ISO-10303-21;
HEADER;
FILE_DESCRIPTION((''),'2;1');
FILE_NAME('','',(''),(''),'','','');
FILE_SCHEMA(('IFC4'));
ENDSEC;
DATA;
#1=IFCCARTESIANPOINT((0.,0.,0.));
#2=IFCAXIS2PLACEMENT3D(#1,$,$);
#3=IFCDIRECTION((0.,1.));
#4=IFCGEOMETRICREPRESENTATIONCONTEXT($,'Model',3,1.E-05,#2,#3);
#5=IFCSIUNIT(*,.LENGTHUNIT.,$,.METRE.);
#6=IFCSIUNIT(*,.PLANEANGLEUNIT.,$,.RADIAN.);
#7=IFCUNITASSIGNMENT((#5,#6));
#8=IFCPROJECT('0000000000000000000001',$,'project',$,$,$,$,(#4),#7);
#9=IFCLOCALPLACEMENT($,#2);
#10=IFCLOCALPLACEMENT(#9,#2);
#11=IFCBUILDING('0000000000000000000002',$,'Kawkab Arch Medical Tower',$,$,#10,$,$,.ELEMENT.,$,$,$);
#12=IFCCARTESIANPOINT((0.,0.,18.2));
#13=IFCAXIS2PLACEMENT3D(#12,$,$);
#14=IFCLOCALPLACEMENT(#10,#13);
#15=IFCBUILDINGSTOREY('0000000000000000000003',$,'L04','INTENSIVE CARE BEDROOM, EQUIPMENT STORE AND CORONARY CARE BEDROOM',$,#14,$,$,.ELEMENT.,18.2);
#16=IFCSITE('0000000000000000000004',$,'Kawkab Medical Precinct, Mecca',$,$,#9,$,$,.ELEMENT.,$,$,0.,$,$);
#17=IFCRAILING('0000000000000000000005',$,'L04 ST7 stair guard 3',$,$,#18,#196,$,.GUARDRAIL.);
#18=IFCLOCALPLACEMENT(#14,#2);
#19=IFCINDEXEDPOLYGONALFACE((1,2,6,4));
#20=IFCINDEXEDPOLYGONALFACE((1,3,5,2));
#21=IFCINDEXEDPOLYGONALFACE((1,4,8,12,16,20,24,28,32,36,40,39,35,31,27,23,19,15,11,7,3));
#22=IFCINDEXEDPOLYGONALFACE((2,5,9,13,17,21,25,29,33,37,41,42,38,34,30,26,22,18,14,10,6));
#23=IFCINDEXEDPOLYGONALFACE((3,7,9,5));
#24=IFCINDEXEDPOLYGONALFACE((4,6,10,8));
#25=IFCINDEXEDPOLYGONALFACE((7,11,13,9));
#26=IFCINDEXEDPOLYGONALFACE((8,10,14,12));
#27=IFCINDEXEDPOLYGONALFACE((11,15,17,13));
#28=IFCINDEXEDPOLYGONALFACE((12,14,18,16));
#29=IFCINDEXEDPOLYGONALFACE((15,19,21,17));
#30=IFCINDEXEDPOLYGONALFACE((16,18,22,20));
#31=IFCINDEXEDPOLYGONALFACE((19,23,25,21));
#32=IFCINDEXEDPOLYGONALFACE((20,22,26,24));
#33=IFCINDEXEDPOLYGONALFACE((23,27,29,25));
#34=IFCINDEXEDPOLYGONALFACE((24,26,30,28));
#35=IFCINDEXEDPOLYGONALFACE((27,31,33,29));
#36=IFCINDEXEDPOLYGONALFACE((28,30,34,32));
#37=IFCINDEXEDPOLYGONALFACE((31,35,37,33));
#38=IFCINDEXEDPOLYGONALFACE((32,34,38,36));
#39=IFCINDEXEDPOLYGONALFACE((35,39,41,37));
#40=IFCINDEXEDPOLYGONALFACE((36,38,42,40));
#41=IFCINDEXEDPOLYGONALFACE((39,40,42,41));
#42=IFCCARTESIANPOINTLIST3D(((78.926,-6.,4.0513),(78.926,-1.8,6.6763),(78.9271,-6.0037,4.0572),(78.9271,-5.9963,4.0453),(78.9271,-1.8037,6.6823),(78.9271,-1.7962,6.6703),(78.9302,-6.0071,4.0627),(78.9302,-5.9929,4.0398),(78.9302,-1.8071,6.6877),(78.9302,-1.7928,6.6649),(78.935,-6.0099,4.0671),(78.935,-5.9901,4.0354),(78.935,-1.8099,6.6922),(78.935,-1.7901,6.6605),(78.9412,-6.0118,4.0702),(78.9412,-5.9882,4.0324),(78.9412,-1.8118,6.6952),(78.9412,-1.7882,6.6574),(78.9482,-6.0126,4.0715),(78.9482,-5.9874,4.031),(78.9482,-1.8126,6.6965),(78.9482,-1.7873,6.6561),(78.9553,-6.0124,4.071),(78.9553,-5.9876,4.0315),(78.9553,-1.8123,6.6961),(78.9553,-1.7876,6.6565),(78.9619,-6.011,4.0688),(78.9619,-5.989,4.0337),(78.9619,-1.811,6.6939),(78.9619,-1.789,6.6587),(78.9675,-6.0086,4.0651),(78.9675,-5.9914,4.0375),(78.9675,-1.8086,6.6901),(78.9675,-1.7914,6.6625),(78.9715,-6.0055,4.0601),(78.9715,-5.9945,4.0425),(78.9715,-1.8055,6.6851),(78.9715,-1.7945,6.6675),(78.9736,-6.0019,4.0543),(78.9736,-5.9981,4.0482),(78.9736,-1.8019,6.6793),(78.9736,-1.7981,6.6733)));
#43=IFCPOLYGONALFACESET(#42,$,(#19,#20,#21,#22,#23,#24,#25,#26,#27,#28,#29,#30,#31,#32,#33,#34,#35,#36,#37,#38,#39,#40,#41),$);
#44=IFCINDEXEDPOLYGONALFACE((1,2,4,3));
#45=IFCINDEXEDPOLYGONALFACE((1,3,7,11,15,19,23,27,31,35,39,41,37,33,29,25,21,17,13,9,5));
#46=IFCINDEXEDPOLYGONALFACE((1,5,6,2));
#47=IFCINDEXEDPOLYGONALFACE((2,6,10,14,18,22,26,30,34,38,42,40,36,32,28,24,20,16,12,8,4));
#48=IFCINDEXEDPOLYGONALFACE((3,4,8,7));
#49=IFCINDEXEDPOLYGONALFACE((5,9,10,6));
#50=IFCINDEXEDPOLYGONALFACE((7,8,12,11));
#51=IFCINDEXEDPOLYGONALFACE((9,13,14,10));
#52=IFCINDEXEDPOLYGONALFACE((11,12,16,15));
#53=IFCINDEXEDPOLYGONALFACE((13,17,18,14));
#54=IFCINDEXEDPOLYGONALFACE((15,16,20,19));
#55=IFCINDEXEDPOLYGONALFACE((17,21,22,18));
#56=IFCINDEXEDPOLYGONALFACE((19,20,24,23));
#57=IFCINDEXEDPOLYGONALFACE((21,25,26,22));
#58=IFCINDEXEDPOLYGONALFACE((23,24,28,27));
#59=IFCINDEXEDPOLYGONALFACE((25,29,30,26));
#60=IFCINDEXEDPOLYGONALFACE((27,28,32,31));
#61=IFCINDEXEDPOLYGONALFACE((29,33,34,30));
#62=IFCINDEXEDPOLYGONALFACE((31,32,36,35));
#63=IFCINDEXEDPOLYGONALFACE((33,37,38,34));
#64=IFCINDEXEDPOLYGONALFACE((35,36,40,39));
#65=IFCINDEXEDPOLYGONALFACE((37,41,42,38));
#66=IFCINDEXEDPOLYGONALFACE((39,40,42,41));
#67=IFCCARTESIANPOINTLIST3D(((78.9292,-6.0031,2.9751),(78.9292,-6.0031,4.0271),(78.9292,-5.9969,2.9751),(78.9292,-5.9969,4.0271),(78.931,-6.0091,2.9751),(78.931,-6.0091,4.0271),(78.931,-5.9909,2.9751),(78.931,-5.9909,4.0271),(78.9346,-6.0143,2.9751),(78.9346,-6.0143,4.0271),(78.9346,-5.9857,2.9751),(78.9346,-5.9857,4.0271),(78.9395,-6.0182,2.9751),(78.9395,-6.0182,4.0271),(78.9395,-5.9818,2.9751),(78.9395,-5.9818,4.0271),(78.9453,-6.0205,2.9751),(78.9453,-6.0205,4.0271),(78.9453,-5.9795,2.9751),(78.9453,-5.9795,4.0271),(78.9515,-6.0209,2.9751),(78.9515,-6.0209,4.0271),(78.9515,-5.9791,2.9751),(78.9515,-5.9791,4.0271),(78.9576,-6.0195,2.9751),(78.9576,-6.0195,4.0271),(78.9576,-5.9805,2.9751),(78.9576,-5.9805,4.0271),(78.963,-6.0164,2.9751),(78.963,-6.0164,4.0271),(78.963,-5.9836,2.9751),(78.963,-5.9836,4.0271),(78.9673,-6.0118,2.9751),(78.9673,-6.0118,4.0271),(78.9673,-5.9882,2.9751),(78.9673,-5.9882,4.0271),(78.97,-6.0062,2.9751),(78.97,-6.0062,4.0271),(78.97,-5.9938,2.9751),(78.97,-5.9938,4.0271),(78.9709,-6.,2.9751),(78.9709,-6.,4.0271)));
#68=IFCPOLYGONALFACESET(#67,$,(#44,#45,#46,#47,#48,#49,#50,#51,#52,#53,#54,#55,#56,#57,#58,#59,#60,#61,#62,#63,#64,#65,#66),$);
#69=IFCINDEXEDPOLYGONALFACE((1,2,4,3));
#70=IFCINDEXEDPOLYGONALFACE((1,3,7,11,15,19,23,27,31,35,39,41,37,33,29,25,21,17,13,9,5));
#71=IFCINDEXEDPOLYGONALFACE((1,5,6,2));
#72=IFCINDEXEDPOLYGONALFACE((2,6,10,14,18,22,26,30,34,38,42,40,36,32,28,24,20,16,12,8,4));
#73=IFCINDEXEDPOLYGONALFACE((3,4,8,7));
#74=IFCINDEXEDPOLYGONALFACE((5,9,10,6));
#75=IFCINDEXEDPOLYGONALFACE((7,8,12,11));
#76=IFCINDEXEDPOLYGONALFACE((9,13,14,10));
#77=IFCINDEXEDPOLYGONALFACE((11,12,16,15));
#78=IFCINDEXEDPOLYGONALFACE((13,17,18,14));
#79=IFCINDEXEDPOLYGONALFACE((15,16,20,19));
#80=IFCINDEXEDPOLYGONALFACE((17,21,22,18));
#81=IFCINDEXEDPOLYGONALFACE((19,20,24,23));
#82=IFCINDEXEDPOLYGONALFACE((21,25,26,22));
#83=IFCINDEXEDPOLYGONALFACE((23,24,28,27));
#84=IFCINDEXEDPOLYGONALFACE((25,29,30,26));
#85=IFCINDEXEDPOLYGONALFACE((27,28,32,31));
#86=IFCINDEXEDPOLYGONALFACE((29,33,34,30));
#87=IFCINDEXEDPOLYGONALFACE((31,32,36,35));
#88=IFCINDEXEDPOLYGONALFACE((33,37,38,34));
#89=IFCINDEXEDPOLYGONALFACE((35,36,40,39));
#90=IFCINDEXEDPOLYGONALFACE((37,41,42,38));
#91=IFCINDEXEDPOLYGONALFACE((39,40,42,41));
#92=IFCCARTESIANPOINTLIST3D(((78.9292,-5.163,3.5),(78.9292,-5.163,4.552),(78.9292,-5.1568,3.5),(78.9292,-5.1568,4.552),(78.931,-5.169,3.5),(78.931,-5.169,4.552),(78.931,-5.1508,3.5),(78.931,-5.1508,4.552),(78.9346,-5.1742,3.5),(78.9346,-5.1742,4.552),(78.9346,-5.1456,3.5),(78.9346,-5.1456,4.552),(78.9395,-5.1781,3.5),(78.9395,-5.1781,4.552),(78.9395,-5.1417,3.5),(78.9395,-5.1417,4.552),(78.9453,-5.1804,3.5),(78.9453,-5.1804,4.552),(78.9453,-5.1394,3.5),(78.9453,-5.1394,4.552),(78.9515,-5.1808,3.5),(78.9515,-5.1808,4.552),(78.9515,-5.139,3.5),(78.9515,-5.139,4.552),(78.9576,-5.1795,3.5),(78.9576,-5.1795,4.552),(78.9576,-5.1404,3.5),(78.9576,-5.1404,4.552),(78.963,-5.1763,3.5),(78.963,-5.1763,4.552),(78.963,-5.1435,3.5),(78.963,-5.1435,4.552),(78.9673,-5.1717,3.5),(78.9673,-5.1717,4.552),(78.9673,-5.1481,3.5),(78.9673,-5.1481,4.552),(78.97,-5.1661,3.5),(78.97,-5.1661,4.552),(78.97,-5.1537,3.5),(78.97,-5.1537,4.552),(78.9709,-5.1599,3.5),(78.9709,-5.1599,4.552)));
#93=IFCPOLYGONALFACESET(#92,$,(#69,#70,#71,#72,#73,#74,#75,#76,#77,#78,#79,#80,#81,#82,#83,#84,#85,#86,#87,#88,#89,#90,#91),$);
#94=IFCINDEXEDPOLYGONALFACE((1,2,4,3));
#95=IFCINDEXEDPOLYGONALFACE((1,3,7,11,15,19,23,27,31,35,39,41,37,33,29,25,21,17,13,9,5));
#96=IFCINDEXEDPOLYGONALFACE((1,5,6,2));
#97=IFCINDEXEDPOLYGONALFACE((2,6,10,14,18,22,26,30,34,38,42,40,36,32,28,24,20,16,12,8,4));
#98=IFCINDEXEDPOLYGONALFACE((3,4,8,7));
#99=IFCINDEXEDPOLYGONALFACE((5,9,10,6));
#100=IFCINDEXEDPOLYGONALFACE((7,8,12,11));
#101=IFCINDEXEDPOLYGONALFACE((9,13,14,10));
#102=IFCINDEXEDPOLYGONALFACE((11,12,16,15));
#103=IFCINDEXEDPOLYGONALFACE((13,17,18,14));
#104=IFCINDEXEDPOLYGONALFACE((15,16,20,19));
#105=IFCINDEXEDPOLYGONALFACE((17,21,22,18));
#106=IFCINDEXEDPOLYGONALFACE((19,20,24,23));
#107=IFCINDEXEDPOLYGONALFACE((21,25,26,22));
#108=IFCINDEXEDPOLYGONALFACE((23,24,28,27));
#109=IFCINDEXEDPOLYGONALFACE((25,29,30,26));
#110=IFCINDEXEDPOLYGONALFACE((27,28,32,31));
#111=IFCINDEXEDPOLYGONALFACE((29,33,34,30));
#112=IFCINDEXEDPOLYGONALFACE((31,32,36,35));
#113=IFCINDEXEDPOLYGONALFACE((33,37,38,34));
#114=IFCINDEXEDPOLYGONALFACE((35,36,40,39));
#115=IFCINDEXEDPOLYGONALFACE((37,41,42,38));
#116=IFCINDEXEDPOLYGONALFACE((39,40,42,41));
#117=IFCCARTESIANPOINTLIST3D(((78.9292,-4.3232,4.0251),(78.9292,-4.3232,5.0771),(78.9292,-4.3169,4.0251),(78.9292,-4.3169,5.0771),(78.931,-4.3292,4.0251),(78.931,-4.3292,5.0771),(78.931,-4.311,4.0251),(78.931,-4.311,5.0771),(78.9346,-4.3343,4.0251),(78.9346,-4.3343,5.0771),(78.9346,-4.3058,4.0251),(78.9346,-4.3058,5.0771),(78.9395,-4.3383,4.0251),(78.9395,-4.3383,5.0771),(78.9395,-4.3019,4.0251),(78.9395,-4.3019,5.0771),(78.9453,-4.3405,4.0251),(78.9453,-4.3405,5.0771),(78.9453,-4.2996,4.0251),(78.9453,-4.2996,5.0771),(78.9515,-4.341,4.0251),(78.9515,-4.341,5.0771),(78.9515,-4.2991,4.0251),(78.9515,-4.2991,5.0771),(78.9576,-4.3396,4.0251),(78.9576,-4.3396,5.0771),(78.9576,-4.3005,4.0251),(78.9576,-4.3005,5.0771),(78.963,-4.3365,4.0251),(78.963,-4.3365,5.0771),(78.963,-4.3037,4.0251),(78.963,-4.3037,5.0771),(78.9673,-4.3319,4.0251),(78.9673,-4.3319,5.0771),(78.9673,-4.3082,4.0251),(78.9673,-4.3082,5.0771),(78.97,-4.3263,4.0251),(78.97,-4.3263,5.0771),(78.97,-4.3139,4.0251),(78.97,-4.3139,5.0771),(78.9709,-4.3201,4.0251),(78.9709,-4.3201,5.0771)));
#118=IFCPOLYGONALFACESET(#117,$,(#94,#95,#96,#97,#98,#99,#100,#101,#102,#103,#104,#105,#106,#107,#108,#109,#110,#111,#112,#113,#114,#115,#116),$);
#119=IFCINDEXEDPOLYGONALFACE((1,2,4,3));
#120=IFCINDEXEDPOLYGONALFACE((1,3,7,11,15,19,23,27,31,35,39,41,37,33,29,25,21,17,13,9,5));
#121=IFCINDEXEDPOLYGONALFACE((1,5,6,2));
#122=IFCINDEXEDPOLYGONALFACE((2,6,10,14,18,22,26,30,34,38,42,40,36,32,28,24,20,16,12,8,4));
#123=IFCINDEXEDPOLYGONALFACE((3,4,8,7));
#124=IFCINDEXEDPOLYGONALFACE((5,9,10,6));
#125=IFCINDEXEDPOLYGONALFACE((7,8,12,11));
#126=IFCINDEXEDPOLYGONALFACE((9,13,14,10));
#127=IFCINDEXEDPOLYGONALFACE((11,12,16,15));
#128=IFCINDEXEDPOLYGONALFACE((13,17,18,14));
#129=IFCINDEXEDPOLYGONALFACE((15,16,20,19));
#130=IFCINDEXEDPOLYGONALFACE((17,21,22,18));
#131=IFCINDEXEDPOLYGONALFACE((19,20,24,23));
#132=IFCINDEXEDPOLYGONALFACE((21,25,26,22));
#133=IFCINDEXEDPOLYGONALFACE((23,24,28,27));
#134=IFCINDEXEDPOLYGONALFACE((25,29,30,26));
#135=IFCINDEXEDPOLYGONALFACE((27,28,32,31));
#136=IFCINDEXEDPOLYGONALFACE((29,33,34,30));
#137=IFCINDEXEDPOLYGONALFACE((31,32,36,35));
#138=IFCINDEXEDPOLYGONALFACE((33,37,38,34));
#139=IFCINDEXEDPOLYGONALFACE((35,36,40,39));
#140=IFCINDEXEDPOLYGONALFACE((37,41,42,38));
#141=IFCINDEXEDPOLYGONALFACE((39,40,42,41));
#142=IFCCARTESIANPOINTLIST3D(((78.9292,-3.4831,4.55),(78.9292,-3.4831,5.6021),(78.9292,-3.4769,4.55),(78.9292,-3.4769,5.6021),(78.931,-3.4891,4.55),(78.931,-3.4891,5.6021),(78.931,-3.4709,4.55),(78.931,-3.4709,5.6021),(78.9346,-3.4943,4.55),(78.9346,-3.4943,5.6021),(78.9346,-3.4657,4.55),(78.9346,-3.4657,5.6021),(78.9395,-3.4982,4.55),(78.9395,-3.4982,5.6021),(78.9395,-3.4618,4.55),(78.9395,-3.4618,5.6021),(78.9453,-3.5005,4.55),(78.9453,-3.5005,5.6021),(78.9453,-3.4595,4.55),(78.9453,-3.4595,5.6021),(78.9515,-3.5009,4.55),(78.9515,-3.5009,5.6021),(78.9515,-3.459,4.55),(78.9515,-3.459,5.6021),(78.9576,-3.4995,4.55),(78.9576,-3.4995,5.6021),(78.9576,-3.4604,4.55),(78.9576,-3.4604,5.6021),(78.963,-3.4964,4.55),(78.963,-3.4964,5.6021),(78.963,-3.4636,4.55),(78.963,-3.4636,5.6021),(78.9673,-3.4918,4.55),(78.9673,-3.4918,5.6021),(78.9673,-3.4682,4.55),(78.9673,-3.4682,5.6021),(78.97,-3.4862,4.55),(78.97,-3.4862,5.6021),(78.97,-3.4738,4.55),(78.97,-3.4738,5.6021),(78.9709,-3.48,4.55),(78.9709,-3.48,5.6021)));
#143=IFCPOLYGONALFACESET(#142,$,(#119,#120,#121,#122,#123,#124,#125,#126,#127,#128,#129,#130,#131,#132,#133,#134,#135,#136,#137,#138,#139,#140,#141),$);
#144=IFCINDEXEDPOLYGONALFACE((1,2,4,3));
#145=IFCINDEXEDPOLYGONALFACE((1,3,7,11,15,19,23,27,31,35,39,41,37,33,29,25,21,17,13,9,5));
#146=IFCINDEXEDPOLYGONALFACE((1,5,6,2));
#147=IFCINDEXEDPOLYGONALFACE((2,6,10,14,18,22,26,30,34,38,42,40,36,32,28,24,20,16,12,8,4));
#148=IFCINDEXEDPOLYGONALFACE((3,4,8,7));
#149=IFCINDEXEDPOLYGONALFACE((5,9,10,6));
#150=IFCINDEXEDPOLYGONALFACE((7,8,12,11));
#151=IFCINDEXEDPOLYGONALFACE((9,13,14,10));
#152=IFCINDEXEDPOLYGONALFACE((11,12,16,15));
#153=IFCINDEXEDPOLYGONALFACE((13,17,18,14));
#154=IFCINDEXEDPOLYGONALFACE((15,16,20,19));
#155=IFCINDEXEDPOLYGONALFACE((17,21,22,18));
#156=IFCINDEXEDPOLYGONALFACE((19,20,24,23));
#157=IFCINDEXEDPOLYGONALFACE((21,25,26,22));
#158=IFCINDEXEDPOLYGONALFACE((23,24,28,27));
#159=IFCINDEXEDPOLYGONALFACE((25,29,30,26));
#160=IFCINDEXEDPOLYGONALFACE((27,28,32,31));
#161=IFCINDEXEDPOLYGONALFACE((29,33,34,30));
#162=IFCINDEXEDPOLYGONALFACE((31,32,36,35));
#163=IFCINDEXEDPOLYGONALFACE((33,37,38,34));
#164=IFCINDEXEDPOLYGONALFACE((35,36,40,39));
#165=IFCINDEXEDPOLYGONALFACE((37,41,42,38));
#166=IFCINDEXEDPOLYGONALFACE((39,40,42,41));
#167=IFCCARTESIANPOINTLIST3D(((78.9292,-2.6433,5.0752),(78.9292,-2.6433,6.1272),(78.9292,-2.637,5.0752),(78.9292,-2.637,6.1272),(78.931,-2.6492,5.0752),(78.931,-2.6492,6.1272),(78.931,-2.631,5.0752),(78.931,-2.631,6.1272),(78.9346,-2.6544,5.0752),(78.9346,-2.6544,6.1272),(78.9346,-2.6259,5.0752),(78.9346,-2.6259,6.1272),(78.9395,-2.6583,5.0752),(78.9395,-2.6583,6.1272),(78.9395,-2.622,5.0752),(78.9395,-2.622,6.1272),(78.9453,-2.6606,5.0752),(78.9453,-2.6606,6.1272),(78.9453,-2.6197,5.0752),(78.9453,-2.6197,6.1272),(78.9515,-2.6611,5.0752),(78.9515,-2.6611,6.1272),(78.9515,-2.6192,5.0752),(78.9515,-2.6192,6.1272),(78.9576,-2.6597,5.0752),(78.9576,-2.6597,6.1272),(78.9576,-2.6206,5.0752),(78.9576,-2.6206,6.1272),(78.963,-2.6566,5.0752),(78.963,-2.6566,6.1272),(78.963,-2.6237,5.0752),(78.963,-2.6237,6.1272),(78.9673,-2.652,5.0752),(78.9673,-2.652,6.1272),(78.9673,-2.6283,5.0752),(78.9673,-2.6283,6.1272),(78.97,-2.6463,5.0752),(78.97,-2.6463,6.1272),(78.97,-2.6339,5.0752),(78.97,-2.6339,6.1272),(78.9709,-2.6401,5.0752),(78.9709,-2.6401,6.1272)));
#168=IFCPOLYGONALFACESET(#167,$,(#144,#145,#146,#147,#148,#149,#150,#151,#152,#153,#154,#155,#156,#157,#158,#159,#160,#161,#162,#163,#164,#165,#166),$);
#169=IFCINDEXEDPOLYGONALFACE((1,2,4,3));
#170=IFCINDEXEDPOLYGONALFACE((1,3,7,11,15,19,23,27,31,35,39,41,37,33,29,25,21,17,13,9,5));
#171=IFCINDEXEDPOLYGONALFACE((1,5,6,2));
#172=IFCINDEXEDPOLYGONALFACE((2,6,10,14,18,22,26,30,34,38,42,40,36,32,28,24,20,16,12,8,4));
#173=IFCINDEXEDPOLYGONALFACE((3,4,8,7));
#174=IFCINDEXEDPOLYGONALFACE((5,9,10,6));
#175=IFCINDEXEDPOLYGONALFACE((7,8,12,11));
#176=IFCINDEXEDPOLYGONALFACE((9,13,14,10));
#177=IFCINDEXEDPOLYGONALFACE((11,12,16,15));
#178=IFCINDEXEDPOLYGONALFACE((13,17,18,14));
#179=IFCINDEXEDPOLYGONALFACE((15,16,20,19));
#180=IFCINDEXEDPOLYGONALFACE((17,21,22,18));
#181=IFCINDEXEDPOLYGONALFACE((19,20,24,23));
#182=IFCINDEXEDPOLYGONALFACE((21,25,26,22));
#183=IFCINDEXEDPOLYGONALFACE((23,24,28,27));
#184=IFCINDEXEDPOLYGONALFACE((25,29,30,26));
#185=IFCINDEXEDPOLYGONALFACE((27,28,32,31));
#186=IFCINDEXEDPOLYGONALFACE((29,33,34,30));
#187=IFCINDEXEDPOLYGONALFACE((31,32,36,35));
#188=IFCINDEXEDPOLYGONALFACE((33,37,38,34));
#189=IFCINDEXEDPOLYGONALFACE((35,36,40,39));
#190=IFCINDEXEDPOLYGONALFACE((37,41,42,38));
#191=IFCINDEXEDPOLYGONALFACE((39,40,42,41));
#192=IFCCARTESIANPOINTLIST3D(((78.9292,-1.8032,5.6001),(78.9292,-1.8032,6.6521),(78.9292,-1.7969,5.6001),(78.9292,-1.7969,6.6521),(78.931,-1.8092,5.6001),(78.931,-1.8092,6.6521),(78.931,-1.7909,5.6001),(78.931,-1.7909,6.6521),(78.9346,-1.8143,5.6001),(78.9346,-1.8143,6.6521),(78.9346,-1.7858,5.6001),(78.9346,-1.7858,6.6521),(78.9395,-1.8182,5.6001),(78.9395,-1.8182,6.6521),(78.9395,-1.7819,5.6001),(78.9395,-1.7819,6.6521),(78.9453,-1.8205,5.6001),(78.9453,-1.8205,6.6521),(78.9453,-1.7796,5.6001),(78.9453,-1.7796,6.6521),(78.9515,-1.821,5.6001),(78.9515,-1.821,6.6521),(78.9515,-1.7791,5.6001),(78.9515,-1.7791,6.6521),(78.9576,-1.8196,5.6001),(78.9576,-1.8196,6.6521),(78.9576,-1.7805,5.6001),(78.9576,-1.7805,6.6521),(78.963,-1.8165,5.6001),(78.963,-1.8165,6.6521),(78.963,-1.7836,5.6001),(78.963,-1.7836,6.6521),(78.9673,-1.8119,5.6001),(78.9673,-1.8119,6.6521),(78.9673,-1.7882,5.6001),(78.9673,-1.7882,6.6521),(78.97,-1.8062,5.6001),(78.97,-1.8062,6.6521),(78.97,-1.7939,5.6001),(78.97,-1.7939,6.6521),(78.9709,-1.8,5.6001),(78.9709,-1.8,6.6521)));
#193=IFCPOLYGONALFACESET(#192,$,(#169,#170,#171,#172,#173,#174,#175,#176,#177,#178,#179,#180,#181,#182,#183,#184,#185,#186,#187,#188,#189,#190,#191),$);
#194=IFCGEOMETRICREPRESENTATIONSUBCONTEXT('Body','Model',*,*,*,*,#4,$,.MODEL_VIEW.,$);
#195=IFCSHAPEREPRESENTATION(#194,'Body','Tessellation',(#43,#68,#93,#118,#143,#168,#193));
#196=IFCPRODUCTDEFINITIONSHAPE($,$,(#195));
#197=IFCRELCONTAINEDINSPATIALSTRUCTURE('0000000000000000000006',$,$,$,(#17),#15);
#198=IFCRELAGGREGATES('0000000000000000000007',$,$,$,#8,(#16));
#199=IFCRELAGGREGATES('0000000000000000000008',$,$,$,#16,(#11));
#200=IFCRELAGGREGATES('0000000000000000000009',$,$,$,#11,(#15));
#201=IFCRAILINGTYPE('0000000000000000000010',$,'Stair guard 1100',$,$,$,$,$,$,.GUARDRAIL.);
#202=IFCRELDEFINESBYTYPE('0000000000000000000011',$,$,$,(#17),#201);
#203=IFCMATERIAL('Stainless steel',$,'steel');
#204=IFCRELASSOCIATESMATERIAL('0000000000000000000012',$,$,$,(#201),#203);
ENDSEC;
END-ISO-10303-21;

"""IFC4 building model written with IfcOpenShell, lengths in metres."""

from ifc_helpers import new_model, si_unit, direction, frame, origin, origin_2d, place, context, subcontext, project, spatial, circle, extrude, material, type_object, element, save


model = new_model("IFC4")

# Units and contexts
model_context = context("Model", 3, precision=1e-05, world=origin(), true_north=direction((0.0, 1.0)))
body_context = subcontext(model_context, "Body", "Model", "MODEL_VIEW")
ifc_project = project(units=[si_unit("LENGTHUNIT", "METRE"), si_unit("PLANEANGLEUNIT", "RADIAN")], contexts=[model_context])

# Site, building, storey
site_placement = place(None, origin())
site = spatial("IfcSite", under=ifc_project, at=site_placement, Name="Kawkab Medical Precinct, Mecca", CompositionType="ELEMENT", RefElevation=0.0)
building_placement = place(site_placement, origin())
building = spatial("IfcBuilding", under=site, at=building_placement, Name="Kawkab Arch Medical Tower", CompositionType="ELEMENT")
storey_placement = place(building_placement, frame((0.0, 0.0, 18.2)))
storey = spatial("IfcBuildingStorey", under=building, at=storey_placement, Name="L04", Description="INTENSIVE CARE BEDROOM, EQUIPMENT STORE AND CORONARY CARE BEDROOM", CompositionType="ELEMENT", Elevation=18.2)

# Railing
ifc_material_1 = material(Name="Stainless steel", Category="steel")
railing_type = type_object("IfcRailingType", Name="Stair guard 1100", PredefinedType="GUARDRAIL", material=ifc_material_1)
railing_1_placement = place(storey_placement, frame((78.95, -6.0, 2.9751)))
element("IfcRailing", 1, at=railing_1_placement, inside=storey, type_object=railing_type, Name="L04 ST7 stair guard 3", PredefinedType="GUARDRAIL", context=body_context, shape_type="SweptSolid", body=[
    extrude(circle(Radius=0.0239, at=origin_2d()), frame((0.0, 0.0, 1.0762), z_axis=(0.0, 0.847996, 0.530003), x_axis=(-1.0, 0.0, 0.0)), (0.0, 0.0, 1.0), 4.9529),
    extrude(circle(Radius=0.021, at=origin_2d()), origin(), (0.0, 0.0, 1.0), 1.052),
    extrude(circle(Radius=0.021, at=origin_2d()), frame((0.0, 0.8401, 0.5249)), (0.0, 0.0, 1.0), 1.052),
    extrude(circle(Radius=0.021, at=origin_2d()), frame((0.0, 1.6799, 1.05)), (0.0, 0.0, 1.0), 1.052),
    extrude(circle(Radius=0.021, at=origin_2d()), frame((0.0, 2.52, 1.575)), (0.0, 0.0, 1.0), 1.052),
    extrude(circle(Radius=0.021, at=origin_2d()), frame((0.0, 3.3599, 2.1001)), (0.0, 0.0, 1.0), 1.052),
    extrude(circle(Radius=0.021, at=origin_2d()), frame((0.0, 4.2, 2.625)), (0.0, 0.0, 1.0), 1.052),
])

save(model, "model.ifc")
